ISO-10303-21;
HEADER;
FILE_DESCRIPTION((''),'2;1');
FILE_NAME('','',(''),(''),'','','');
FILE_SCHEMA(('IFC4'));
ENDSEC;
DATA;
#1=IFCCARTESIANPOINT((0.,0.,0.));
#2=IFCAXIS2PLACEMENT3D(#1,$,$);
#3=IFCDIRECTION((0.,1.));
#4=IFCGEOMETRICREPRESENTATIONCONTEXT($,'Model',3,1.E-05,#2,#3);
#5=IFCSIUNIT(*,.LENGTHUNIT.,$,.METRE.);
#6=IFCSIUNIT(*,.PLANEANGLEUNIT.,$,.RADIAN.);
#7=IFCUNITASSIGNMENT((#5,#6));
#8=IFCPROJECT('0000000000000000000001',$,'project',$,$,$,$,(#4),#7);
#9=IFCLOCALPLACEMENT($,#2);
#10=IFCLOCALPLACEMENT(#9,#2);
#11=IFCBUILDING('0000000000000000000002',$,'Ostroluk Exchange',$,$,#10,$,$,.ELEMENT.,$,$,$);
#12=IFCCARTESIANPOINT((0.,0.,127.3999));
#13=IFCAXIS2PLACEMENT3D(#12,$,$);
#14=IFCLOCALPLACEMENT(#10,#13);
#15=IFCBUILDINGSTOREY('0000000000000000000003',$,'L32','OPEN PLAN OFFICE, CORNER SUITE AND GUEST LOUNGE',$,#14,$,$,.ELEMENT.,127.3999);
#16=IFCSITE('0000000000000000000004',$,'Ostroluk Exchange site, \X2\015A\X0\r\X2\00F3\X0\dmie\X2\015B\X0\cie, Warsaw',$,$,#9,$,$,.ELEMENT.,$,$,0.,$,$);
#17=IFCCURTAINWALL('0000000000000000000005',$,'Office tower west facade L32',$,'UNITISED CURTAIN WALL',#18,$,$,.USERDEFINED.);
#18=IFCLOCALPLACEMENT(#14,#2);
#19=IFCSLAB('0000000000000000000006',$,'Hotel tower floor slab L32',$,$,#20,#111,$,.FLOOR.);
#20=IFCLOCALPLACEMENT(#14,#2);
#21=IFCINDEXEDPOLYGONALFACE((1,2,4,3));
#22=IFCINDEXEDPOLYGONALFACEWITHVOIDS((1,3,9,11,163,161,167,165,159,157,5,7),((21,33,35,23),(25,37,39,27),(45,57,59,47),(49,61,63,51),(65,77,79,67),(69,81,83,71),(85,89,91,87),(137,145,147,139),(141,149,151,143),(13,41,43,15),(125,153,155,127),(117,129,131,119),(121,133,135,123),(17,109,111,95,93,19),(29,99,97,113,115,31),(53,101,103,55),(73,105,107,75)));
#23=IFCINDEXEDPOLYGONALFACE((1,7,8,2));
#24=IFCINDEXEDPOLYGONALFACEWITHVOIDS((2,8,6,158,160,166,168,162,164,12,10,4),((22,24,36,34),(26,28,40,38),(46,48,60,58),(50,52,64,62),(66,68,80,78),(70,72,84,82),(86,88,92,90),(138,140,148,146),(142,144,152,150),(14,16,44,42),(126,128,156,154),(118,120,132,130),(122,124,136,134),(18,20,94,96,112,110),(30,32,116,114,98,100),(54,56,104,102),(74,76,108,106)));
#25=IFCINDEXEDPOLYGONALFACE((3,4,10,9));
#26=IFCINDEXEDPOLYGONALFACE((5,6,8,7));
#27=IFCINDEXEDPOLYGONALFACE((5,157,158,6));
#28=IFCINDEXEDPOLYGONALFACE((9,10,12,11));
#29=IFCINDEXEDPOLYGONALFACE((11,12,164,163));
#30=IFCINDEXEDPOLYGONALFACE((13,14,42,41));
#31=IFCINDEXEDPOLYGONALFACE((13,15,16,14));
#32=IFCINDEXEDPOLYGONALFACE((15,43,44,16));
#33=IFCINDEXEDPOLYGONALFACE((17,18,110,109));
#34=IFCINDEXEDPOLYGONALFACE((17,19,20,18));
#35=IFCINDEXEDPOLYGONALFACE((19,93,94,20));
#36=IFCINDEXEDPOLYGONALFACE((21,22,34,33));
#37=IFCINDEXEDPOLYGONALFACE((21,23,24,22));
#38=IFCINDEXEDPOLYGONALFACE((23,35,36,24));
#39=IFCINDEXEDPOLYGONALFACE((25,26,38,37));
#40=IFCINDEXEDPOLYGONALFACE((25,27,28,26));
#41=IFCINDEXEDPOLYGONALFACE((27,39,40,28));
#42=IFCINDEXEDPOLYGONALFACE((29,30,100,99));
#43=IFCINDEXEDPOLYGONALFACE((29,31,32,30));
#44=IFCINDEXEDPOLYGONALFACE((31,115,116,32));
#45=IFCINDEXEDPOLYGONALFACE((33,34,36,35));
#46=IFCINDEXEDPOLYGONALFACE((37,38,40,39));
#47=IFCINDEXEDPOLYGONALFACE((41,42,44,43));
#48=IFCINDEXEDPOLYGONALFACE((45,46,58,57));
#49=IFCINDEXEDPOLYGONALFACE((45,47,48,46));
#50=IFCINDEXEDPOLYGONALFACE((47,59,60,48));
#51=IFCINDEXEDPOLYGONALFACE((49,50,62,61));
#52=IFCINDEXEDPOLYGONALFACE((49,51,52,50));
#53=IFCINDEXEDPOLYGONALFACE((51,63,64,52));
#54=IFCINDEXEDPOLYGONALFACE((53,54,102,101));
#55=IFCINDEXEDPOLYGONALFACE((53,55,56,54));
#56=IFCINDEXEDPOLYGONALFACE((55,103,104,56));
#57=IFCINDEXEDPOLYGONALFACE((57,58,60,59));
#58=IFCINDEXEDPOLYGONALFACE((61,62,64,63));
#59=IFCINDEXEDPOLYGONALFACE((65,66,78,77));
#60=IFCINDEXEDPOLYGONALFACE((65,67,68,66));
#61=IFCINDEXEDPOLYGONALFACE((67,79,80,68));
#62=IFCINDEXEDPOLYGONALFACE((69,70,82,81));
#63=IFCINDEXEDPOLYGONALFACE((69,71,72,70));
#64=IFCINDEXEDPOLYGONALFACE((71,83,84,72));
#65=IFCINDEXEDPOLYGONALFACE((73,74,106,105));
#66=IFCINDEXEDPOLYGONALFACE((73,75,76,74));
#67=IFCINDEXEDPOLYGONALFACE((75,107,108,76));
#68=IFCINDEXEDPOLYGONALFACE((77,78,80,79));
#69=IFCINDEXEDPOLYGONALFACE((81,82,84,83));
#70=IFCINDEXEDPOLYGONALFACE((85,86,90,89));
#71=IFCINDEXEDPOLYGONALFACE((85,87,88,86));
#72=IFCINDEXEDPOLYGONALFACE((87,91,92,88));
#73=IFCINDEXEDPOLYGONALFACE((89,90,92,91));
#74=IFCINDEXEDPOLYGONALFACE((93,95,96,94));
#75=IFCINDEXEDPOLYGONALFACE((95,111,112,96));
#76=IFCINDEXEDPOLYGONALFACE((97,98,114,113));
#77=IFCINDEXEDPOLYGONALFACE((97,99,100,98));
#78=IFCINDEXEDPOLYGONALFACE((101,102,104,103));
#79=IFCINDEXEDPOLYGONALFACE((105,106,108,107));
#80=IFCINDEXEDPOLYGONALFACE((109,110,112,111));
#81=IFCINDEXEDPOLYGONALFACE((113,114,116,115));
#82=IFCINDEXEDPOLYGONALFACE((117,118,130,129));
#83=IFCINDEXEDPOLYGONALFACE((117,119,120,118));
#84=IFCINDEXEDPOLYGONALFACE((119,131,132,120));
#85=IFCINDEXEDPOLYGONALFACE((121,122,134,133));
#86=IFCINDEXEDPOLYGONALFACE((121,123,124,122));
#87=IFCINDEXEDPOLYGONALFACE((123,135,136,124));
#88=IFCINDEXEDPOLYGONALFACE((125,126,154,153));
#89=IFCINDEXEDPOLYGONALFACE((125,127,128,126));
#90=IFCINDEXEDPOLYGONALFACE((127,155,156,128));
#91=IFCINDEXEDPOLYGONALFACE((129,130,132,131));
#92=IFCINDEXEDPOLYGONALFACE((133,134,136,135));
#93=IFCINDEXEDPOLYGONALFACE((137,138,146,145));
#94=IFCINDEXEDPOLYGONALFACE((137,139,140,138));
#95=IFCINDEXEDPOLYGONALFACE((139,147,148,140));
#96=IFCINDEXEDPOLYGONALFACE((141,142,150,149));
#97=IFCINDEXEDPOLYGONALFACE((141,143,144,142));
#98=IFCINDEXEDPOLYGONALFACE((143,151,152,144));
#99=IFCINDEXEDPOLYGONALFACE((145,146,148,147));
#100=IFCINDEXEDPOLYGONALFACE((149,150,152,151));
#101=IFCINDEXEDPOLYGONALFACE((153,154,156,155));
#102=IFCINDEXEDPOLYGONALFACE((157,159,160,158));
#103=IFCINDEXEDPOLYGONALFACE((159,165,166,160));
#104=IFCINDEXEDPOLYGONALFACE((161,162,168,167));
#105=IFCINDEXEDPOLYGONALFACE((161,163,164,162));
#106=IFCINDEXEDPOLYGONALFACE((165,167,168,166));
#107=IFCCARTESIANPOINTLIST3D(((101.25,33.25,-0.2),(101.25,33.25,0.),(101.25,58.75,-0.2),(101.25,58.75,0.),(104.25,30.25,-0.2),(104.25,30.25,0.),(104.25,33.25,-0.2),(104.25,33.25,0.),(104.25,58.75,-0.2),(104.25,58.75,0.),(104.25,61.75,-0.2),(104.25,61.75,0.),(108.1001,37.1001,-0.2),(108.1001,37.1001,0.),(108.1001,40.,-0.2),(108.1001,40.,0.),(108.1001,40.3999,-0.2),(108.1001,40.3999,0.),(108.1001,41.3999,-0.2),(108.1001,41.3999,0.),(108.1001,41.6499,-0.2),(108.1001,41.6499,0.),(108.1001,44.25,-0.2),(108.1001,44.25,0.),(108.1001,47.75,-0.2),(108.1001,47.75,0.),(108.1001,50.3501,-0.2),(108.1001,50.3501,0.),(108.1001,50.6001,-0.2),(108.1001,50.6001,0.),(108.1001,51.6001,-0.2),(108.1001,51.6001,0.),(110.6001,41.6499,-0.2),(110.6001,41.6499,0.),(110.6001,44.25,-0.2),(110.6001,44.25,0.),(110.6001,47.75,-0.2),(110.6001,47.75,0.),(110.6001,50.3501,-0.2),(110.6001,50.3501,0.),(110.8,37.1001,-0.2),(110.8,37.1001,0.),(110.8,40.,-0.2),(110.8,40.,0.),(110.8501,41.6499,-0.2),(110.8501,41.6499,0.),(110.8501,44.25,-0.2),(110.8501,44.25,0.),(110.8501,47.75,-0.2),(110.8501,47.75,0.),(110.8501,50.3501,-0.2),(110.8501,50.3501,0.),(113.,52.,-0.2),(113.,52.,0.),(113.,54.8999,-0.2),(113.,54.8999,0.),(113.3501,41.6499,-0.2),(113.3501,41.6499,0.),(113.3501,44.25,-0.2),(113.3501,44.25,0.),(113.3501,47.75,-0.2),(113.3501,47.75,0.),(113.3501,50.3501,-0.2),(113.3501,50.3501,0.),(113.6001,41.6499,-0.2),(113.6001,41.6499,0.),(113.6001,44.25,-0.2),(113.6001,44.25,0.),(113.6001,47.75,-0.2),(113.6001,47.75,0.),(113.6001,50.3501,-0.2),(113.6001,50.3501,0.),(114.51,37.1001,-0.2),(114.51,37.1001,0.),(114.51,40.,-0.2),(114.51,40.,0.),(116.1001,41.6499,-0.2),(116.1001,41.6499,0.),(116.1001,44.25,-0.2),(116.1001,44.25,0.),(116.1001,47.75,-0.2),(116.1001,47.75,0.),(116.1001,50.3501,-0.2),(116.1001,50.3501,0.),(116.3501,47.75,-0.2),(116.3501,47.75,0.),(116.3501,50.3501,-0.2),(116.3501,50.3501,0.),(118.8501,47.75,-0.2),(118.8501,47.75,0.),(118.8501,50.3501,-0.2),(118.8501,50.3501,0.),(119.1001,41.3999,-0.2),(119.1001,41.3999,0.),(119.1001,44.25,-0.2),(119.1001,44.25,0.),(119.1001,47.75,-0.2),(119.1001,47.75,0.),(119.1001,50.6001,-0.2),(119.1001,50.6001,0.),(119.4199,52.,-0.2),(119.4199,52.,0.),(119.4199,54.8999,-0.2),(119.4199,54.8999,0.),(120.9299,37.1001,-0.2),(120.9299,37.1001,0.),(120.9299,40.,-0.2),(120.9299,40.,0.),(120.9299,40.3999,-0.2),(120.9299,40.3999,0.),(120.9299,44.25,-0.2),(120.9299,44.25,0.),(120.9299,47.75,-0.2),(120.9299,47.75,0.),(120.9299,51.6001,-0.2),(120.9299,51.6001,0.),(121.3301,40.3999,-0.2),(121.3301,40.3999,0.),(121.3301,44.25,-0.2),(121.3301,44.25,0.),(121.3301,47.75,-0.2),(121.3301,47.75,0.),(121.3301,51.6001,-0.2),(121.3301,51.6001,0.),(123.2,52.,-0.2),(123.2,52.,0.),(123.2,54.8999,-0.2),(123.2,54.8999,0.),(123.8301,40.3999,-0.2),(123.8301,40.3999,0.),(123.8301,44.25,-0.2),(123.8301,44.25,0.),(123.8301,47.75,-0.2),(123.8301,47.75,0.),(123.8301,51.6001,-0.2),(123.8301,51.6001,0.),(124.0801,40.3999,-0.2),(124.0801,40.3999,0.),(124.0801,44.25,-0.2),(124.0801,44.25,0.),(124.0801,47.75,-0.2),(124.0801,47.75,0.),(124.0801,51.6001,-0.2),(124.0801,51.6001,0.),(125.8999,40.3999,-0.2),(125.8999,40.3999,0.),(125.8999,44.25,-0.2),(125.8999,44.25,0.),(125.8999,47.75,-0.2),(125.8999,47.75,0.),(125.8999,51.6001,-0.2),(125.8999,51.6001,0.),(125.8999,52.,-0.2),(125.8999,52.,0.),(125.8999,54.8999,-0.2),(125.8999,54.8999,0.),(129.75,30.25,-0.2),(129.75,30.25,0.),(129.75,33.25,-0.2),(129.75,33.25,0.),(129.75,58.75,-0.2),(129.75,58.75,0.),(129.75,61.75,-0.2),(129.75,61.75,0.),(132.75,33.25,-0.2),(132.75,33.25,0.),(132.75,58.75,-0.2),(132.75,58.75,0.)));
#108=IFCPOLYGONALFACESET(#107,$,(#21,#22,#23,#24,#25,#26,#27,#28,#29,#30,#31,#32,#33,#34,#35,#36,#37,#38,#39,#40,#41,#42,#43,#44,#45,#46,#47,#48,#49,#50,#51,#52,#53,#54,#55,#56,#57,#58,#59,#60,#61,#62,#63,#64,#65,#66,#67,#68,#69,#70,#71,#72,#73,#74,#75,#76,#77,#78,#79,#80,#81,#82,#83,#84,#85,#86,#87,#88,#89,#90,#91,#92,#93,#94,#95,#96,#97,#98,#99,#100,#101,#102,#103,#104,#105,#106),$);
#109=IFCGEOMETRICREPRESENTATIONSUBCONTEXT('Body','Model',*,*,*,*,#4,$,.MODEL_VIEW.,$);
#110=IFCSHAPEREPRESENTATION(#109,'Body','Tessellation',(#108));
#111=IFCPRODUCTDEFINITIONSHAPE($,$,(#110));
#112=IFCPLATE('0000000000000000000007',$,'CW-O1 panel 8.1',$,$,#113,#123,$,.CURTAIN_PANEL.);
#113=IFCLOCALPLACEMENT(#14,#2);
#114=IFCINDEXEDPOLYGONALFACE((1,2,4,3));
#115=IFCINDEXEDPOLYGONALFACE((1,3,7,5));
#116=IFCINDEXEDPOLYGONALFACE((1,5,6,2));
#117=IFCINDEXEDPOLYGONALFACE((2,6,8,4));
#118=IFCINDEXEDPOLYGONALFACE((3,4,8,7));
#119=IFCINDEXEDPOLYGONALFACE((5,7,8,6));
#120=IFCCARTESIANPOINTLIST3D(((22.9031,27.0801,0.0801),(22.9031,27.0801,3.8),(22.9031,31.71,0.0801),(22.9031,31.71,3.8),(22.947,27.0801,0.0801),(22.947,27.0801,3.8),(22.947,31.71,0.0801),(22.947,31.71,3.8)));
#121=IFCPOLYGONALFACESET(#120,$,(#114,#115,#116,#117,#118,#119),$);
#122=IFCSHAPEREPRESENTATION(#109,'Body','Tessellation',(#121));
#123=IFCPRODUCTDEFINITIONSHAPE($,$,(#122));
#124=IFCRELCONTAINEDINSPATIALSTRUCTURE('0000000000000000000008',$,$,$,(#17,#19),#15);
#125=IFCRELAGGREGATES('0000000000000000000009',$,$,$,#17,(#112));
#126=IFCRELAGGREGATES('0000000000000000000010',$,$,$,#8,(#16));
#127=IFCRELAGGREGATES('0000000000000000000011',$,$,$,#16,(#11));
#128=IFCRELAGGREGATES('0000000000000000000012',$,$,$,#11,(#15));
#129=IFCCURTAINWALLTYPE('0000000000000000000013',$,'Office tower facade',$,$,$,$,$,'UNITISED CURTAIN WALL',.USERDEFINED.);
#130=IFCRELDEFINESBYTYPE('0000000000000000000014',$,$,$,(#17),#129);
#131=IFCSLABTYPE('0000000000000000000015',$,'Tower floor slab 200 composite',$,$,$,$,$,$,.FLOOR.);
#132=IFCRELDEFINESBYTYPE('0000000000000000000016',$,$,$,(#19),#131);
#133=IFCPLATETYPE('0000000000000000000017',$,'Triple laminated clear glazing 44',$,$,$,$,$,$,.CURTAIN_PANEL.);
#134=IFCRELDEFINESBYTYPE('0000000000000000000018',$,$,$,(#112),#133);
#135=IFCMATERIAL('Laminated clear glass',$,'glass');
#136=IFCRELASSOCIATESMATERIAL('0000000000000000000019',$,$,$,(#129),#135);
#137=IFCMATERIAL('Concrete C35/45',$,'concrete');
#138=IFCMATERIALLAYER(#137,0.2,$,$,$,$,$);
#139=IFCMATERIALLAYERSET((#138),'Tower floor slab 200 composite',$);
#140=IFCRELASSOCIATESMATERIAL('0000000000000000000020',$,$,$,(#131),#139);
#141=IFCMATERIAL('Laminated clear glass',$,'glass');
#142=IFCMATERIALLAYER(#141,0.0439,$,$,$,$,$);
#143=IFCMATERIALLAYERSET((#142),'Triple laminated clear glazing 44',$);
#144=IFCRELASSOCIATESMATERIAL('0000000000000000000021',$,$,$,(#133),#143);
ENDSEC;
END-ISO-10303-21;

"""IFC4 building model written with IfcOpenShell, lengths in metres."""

from ifc_helpers import new_model, si_unit, direction, frame, origin, origin_2d, place, context, subcontext, project, spatial, polyline, rectangle, outline, extrude, material, layer, layer_set, type_object, element, aggregate, save


model = new_model("IFC4")

# Units and contexts
model_context = context("Model", 3, precision=1e-05, world=origin(), true_north=direction((0.0, 1.0)))
body_context = subcontext(model_context, "Body", "Model", "MODEL_VIEW")
ifc_project = project(units=[si_unit("LENGTHUNIT", "METRE"), si_unit("PLANEANGLEUNIT", "RADIAN")], contexts=[model_context])

# Site, building, storey
site_placement = place(None, origin())
site = spatial("IfcSite", under=ifc_project, at=site_placement, Name="Ostroluk Exchange site, Śródmieście, Warsaw", CompositionType="ELEMENT", RefElevation=0.0)
building_placement = place(site_placement, origin())
building = spatial("IfcBuilding", under=site, at=building_placement, Name="Ostroluk Exchange", CompositionType="ELEMENT")
storey_placement = place(building_placement, frame((0.0, 0.0, 127.3999)))
storey = spatial("IfcBuildingStorey", under=building, at=storey_placement, Name="L32", Description="OPEN PLAN OFFICE, CORNER SUITE AND GUEST LOUNGE", CompositionType="ELEMENT", Elevation=127.3999)

# Curtain wall
ifc_material_1 = material(Name="Laminated clear glass", Category="glass")
curtain_wall_type = type_object("IfcCurtainWallType", Name="Office tower facade", ElementType="UNITISED CURTAIN WALL", PredefinedType="USERDEFINED", material=ifc_material_1)
curtain_wall_placement = place(storey_placement, origin())
curtain_wall = element("IfcCurtainWall", 1, at=curtain_wall_placement, inside=storey, type_object=curtain_wall_type, Name="Office tower west facade L32", ObjectType="UNITISED CURTAIN WALL", PredefinedType="USERDEFINED")

# Slab
ifc_material_2 = material(Name="Concrete C35/45", Category="concrete")
ifc_layer_1 = layer(ifc_material_2, 0.2)
ifc_layer_set_1 = layer_set([ifc_layer_1], Name="Tower floor slab 200 composite")
slab_type_1 = type_object("IfcSlabType", Name="Tower floor slab 200 composite", PredefinedType="FLOOR", material=ifc_layer_set_1)
slab_1_placement = place(storey_placement, frame((0.0, 0.0, -0.2)))
element("IfcSlab", 2, at=slab_1_placement, inside=storey, type_object=slab_type_1, Name="Hotel tower floor slab L32", PredefinedType="FLOOR", context=body_context, shape_type="SweptSolid", body=[
    extrude(outline(polyline([(104.25, 30.25), (129.75, 30.25), (129.75, 33.25), (132.75, 33.25), (132.75, 58.75), (129.75, 58.75), (129.75, 61.75), (104.25, 61.75), (104.25, 58.75), (101.25, 58.75), (101.25, 33.25), (104.25, 33.25), (104.25, 30.25)]), holes=[polyline([(108.1001, 37.1001), (110.8, 37.1001), (110.8, 40.0), (108.1001, 40.0), (108.1001, 37.1001)]), polyline([(114.51, 37.1001), (120.9299, 37.1001), (120.9299, 40.0), (114.51, 40.0), (114.51, 37.1001)]), polyline([(113.0, 52.0), (119.4199, 52.0), (119.4199, 54.8999), (113.0, 54.8999), (113.0, 52.0)]), polyline([(123.2, 52.0), (125.8999, 52.0), (125.8999, 54.8999), (123.2, 54.8999), (123.2, 52.0)]), polyline([(108.1001, 47.75), (110.6001, 47.75), (110.6001, 50.3501), (108.1001, 50.3501), (108.1001, 47.75)]), polyline([(110.8501, 47.75), (113.3501, 47.75), (113.3501, 50.3501), (110.8501, 50.3501), (110.8501, 47.75)]), polyline([(113.6001, 47.75), (116.1001, 47.75), (116.1001, 50.3501), (113.6001, 50.3501), (113.6001, 47.75)]), polyline([(116.3501, 47.75), (118.8501, 47.75), (118.8501, 50.3501), (116.3501, 50.3501), (116.3501, 47.75)]), polyline([(108.1001, 41.6499), (110.6001, 41.6499), (110.6001, 44.25), (108.1001, 44.25), (108.1001, 41.6499)]), polyline([(110.8501, 41.6499), (113.3501, 41.6499), (113.3501, 44.25), (110.8501, 44.25), (110.8501, 41.6499)]), polyline([(113.6001, 41.6499), (116.1001, 41.6499), (116.1001, 44.25), (113.6001, 44.25), (113.6001, 41.6499)]), polyline([(121.3301, 47.75), (123.8301, 47.75), (123.8301, 51.6001), (121.3301, 51.6001), (121.3301, 47.75)]), polyline([(121.3301, 40.3999), (123.8301, 40.3999), (123.8301, 44.25), (121.3301, 44.25), (121.3301, 40.3999)]), polyline([(120.9299, 51.6001), (120.9299, 47.75), (119.1001, 47.75), (119.1001, 50.6001), (108.1001, 50.6001), (108.1001, 51.6001), (120.9299, 51.6001)]), polyline([(108.1001, 40.3999), (108.1001, 41.3999), (119.1001, 41.3999), (119.1001, 44.25), (120.9299, 44.25), (120.9299, 40.3999), (108.1001, 40.3999)]), polyline([(124.0801, 47.75), (125.8999, 47.75), (125.8999, 51.6001), (124.0801, 51.6001), (124.0801, 47.75)]), polyline([(124.0801, 40.3999), (125.8999, 40.3999), (125.8999, 44.25), (124.0801, 44.25), (124.0801, 40.3999)])]), origin(), (0.0, 0.0, 1.0), 0.2),
])

# Plate
ifc_material_3 = material(Name="Laminated clear glass", Category="glass")
ifc_layer_2 = layer(ifc_material_3, 0.0439)
ifc_layer_set_2 = layer_set([ifc_layer_2], Name="Triple laminated clear glazing 44")
plate_type = type_object("IfcPlateType", Name="Triple laminated clear glazing 44", PredefinedType="CURTAIN_PANEL", material=ifc_layer_set_2)
plate_placement = place(storey_placement, frame((22.925, 29.395, 0.0801), z_axis=(0.0, 0.0, 1.0), x_axis=(0.0, -1.0, 0.0)))
plate = element("IfcPlate", 3, at=plate_placement, type_object=plate_type, Name="CW-O1 panel 8.1", PredefinedType="CURTAIN_PANEL", context=body_context, shape_type="SweptSolid", body=[
    extrude(rectangle(XDim=4.6299, YDim=0.0439, at=origin_2d()), origin(), (0.0, 0.0, 1.0), 3.72),
])
aggregate(curtain_wall, [plate])

save(model, "model.ifc")
